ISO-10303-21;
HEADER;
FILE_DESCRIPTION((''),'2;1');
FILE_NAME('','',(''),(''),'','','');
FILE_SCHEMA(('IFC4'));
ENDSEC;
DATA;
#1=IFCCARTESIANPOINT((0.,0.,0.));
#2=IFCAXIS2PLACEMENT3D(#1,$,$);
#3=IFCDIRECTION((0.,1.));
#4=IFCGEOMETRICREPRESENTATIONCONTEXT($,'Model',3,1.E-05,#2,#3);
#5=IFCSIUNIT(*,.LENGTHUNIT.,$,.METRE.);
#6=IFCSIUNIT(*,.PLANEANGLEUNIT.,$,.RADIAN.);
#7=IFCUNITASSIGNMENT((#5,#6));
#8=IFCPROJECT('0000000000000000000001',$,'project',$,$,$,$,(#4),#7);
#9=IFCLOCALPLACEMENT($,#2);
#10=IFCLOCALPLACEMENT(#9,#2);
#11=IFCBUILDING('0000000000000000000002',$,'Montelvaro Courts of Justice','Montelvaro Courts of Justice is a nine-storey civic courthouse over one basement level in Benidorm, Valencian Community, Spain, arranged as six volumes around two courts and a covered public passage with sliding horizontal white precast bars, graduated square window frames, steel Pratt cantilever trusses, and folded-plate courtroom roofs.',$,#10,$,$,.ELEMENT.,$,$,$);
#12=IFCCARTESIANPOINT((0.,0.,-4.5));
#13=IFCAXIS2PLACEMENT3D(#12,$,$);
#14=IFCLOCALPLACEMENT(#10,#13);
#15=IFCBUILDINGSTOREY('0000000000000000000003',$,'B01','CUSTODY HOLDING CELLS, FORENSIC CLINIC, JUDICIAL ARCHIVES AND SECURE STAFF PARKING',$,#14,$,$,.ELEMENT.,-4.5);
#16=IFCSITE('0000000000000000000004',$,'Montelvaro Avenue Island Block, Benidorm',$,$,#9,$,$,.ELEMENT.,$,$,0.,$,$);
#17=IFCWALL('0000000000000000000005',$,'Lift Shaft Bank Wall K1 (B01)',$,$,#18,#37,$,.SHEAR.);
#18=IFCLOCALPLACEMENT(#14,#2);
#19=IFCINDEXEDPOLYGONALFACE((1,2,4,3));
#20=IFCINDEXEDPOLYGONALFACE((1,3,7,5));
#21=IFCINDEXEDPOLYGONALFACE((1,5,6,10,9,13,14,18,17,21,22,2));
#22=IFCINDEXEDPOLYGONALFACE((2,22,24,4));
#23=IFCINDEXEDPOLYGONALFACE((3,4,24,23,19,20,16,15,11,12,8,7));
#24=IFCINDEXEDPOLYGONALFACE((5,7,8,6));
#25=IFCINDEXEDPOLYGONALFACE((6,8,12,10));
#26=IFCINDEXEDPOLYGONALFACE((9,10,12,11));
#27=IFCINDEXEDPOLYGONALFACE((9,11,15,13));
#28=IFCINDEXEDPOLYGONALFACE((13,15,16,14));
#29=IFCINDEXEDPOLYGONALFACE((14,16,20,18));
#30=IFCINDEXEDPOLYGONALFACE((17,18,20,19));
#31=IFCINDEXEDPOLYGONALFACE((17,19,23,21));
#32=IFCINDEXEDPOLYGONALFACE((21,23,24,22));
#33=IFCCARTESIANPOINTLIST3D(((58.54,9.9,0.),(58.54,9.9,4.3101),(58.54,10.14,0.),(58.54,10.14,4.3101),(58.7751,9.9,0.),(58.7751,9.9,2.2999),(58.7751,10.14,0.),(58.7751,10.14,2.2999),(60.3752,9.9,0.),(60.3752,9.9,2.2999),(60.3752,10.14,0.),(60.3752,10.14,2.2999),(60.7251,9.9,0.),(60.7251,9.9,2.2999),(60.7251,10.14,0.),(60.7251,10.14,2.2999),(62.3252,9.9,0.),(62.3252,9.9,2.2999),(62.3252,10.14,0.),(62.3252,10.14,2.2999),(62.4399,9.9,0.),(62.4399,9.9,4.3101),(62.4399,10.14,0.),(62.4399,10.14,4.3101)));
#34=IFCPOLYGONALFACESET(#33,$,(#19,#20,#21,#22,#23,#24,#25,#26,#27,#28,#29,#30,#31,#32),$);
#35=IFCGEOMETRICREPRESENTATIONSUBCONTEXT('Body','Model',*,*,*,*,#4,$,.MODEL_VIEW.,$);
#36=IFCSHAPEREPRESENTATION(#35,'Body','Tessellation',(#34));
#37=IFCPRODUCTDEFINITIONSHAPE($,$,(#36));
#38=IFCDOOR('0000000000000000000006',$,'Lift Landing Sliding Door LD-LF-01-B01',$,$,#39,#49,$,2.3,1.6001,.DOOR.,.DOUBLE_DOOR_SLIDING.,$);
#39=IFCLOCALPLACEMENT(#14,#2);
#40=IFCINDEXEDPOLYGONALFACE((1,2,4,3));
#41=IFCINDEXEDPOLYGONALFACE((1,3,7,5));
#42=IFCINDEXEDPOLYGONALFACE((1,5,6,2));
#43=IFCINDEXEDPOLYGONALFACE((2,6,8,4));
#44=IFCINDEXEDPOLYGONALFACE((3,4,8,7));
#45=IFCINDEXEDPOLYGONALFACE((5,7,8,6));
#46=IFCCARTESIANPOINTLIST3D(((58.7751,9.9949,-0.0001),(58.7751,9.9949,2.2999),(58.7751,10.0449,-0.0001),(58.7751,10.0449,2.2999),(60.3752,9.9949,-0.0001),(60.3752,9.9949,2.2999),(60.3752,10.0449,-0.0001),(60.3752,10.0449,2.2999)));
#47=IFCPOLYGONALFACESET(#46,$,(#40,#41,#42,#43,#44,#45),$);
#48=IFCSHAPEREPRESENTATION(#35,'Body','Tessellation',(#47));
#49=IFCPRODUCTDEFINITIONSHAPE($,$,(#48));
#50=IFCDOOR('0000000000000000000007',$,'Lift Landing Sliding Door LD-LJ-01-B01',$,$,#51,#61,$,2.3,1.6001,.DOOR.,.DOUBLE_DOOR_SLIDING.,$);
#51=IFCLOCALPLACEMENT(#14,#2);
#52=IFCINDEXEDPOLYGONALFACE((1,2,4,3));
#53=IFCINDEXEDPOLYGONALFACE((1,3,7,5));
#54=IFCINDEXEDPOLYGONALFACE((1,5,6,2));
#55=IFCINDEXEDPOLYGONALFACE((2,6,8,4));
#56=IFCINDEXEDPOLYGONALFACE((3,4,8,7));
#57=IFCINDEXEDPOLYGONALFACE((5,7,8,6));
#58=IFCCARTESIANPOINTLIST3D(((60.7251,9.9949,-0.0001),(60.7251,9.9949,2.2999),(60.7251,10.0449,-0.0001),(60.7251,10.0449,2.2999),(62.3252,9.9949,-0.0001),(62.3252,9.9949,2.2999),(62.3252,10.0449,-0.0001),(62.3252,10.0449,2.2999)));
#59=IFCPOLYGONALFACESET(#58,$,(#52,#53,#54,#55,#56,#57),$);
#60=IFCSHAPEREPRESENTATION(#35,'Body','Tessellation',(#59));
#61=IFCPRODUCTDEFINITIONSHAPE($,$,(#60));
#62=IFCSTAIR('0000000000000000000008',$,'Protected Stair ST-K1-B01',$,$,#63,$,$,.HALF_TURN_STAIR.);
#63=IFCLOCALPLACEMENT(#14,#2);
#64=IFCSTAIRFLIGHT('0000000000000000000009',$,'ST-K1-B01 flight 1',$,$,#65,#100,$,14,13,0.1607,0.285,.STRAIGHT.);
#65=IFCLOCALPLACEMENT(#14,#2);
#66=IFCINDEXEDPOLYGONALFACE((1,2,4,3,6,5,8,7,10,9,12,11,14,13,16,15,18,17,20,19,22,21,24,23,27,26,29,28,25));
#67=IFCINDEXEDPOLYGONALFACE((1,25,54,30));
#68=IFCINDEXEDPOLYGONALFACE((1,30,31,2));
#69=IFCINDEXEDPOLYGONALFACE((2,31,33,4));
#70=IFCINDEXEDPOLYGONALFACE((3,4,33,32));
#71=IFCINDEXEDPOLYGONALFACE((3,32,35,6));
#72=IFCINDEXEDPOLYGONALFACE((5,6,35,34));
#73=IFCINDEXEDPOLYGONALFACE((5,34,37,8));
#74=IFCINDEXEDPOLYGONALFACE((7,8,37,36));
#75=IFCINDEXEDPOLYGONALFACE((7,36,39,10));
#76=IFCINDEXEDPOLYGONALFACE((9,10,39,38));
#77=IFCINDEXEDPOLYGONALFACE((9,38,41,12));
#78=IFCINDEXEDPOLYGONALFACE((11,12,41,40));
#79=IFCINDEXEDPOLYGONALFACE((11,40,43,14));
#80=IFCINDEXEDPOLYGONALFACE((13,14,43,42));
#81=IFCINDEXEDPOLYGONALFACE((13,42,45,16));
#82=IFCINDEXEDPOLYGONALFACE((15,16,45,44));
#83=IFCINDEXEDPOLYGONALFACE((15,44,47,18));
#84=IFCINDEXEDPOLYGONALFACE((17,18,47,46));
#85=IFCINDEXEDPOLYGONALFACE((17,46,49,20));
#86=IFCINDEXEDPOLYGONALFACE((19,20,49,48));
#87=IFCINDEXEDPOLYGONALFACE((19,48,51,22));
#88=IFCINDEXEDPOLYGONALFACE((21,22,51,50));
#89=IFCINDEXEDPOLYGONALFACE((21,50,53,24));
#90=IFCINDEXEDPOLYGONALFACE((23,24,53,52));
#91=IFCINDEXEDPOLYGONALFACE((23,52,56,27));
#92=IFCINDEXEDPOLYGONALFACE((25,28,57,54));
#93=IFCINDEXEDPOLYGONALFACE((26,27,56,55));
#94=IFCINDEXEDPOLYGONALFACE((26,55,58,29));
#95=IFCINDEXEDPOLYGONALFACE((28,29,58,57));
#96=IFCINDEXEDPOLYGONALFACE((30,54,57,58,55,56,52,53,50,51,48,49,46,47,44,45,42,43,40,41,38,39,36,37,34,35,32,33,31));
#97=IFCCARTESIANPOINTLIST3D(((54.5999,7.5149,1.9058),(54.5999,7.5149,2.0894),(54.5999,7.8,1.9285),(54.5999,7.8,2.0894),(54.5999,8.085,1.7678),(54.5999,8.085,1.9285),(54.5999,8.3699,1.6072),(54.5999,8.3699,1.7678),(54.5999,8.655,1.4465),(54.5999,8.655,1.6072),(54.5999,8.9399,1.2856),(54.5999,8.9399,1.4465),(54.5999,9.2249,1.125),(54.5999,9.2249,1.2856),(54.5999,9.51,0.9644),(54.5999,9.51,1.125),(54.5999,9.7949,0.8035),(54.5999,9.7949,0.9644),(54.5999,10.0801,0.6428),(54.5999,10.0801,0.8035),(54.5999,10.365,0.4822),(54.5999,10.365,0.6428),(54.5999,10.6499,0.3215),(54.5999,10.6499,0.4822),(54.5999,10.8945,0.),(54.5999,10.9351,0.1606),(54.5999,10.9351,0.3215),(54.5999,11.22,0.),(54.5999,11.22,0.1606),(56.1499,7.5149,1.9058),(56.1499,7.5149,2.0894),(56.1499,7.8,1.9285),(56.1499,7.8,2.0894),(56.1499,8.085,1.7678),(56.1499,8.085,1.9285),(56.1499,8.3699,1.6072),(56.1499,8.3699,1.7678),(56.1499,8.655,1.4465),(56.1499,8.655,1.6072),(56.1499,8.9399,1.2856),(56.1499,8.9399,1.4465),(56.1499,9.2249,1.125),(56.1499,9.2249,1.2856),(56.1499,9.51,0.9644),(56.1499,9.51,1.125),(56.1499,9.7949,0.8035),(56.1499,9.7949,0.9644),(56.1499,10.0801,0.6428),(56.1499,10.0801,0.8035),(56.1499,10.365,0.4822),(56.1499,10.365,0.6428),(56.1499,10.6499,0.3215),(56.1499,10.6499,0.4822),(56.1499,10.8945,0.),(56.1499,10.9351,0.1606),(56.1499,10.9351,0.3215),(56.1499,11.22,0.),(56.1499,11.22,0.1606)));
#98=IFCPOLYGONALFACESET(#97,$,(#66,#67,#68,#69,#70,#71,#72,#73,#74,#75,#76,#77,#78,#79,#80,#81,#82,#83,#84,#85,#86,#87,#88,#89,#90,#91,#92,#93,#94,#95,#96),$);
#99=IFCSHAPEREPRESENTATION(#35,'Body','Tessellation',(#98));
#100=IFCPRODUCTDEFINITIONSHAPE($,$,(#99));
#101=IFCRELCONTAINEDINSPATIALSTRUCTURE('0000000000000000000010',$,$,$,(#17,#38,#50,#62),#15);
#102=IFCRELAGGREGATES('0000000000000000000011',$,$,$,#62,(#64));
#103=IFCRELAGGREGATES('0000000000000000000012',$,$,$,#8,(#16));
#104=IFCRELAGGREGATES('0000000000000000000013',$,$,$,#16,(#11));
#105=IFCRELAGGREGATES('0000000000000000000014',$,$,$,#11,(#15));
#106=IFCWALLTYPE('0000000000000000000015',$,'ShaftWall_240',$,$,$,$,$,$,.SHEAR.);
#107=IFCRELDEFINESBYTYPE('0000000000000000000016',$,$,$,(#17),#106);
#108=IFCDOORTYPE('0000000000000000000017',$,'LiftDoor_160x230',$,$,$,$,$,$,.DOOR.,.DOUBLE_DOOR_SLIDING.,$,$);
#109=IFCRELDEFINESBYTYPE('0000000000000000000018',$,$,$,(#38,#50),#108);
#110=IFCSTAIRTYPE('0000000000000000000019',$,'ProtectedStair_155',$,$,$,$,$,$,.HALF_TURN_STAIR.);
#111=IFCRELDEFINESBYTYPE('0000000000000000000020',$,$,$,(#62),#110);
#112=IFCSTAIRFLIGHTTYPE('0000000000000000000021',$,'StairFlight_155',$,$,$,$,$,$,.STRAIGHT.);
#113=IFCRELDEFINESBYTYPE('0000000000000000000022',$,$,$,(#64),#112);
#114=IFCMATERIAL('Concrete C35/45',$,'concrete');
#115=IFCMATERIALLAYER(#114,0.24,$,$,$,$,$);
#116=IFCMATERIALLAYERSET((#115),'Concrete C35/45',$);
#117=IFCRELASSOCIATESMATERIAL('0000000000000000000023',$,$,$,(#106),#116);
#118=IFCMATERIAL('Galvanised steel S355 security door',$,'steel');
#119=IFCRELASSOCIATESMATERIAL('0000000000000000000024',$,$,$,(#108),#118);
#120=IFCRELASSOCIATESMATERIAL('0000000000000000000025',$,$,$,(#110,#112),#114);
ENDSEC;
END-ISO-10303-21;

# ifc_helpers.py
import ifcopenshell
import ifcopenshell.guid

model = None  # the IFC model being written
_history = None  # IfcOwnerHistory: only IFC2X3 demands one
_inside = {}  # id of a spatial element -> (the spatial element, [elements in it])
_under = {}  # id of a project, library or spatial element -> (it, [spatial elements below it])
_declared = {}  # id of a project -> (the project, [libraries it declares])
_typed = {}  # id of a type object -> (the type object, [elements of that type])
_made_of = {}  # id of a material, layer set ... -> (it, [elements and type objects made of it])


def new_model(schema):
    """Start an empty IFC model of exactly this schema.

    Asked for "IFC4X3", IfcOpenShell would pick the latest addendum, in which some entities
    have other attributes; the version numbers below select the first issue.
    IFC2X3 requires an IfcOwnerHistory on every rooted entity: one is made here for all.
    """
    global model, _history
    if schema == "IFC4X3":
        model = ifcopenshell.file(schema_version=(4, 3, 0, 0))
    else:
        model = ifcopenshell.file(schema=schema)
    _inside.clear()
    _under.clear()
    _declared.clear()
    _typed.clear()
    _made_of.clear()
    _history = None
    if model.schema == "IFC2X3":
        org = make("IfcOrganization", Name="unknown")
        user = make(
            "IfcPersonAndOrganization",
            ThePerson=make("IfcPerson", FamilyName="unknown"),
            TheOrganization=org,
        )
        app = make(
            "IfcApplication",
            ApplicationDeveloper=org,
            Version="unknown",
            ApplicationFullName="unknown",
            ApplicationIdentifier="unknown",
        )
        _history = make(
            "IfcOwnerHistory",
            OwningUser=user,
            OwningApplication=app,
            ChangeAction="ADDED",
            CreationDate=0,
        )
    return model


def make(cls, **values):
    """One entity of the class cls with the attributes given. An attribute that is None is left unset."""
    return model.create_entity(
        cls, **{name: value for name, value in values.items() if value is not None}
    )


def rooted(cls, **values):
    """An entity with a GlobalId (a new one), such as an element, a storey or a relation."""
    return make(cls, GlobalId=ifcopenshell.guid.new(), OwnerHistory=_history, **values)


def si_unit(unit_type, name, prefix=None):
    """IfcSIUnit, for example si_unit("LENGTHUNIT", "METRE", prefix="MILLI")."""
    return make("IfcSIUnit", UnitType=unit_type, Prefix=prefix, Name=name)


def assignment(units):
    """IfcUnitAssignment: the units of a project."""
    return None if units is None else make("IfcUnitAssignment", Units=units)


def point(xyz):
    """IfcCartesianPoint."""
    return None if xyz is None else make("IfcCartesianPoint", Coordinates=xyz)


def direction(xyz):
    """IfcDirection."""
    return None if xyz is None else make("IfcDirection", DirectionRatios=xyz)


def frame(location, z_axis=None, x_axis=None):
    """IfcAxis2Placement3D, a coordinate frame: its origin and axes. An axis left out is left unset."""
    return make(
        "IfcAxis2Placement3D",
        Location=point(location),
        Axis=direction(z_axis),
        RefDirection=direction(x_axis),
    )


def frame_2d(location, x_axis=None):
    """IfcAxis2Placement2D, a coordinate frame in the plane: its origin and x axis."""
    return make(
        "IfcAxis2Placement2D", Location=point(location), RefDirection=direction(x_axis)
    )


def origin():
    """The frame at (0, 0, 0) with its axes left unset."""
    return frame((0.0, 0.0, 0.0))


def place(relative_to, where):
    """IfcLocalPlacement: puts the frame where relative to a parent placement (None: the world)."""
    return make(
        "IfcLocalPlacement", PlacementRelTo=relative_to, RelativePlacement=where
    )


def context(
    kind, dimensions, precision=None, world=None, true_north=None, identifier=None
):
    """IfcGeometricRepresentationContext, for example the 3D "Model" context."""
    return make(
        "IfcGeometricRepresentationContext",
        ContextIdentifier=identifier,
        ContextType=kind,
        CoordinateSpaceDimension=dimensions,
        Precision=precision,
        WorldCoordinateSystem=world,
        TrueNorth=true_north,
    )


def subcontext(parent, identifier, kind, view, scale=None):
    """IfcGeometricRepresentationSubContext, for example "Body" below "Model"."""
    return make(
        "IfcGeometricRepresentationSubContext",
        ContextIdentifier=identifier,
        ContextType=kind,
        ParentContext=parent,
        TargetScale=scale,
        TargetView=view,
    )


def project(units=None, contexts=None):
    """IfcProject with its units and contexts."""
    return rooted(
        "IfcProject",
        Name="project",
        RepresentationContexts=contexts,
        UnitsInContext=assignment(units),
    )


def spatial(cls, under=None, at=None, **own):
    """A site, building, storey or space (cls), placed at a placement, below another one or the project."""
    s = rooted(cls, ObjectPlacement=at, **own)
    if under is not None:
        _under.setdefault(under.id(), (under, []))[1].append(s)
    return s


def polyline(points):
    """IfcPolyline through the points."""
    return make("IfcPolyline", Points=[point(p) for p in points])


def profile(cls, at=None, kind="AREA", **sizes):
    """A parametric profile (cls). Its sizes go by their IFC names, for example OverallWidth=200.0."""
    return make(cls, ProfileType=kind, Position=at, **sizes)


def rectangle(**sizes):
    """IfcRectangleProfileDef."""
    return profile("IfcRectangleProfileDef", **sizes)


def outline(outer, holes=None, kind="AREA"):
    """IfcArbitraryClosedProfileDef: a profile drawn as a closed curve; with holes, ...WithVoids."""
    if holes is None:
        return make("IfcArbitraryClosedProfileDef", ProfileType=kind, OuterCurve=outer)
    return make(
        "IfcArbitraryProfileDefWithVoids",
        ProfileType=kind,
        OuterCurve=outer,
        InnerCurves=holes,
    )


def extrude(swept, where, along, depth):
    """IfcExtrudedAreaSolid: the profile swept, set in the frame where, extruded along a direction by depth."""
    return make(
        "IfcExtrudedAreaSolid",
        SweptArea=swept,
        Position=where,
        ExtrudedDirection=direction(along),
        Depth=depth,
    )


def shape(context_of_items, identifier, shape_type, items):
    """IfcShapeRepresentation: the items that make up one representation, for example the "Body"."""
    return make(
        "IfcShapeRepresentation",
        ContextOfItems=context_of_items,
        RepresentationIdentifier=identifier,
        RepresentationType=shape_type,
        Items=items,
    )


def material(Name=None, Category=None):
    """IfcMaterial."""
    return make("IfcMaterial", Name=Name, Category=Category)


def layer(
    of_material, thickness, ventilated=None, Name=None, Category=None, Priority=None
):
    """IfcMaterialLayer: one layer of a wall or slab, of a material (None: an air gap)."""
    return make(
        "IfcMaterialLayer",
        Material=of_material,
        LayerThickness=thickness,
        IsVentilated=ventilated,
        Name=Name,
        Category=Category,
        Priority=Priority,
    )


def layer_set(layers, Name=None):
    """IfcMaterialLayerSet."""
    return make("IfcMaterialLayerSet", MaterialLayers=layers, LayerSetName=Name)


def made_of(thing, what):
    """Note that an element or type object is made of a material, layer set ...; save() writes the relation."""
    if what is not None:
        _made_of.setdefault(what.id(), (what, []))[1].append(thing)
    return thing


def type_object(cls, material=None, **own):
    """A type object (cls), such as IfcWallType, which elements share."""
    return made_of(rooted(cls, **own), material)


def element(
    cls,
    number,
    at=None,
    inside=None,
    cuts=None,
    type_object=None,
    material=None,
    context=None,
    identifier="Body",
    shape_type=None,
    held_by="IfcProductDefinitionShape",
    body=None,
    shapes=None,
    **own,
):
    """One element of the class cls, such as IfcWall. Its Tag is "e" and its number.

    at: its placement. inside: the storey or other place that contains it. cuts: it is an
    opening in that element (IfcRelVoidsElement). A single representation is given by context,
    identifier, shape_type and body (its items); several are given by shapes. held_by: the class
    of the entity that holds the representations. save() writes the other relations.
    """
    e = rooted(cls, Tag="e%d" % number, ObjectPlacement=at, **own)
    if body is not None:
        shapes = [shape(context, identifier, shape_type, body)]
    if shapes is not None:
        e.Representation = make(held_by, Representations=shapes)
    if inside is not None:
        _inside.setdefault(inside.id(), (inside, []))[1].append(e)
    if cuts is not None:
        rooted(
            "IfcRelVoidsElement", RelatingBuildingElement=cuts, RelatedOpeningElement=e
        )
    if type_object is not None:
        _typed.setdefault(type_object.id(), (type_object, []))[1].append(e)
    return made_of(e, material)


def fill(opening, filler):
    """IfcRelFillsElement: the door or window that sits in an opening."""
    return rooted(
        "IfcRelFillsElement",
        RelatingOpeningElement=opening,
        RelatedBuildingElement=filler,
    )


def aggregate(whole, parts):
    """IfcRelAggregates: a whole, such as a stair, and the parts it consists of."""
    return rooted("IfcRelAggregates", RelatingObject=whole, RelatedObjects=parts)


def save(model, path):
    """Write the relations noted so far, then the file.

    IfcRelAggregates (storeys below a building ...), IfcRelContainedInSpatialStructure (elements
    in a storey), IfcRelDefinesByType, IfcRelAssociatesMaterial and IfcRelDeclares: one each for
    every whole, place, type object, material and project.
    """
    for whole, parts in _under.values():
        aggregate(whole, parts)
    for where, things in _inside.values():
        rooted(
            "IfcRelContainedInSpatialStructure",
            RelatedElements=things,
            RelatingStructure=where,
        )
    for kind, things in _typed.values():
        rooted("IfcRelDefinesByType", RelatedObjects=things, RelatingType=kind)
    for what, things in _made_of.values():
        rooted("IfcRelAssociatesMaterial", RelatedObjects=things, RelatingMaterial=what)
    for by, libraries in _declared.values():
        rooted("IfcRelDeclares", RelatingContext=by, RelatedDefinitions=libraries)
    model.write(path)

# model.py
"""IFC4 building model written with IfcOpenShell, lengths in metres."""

from ifc_helpers import new_model, si_unit, direction, frame, frame_2d, origin, place, context, subcontext, project, spatial, polyline, rectangle, outline, extrude, material, layer, layer_set, type_object, element, fill, aggregate, save


model = new_model("IFC4")

# Units and contexts
model_context = context("Model", 3, precision=1e-05, world=origin(), true_north=direction((0.0, 1.0)))
body_context = subcontext(model_context, "Body", "Model", "MODEL_VIEW")
ifc_project = project(units=[si_unit("LENGTHUNIT", "METRE"), si_unit("PLANEANGLEUNIT", "RADIAN")], contexts=[model_context])

# Site, building, storey
site_placement = place(None, origin())
site = spatial("IfcSite", under=ifc_project, at=site_placement, Name="Montelvaro Avenue Island Block, Benidorm", CompositionType="ELEMENT", RefElevation=0.0)
building_placement = place(site_placement, origin())
building = spatial("IfcBuilding", under=site, at=building_placement, Name="Montelvaro Courts of Justice", Description="Montelvaro Courts of Justice is a nine-storey civic courthouse over one basement level in Benidorm, Valencian Community, Spain, arranged as six volumes around two courts and a covered public passage with sliding horizontal white precast bars, graduated square window frames, steel Pratt cantilever trusses, and folded-plate courtroom roofs.", CompositionType="ELEMENT")
storey_placement = place(building_placement, frame((0.0, 0.0, -4.5)))
storey = spatial("IfcBuildingStorey", under=building, at=storey_placement, Name="B01", Description="CUSTODY HOLDING CELLS, FORENSIC CLINIC, JUDICIAL ARCHIVES AND SECURE STAFF PARKING", CompositionType="ELEMENT", Elevation=-4.5)

# Shared definitions
ifc_material_1 = material(Name="Concrete C35/45", Category="concrete")

# Shared definitions
ifc_material_2 = material(Name="Galvanised steel S355 security door", Category="steel")

# Shared definitions
ifc_layer_1 = layer(ifc_material_1, 0.24)
ifc_layer_set_1 = layer_set([ifc_layer_1], Name="Concrete C35/45")
wall_type_1 = type_object("IfcWallType", Name="ShaftWall_240", PredefinedType="SHEAR", material=ifc_layer_set_1)

# Wall, openings, doors
wall_1_placement = place(storey_placement, frame((58.54, 10.02, 0.0), z_axis=(0.0, 0.0, 1.0), x_axis=(1.0, 0.0, 0.0)))
wall_1 = element("IfcWall", 1, at=wall_1_placement, inside=storey, type_object=wall_type_1, Name="Lift Shaft Bank Wall K1 (B01)", PredefinedType="SHEAR", context=body_context, shape_type="SweptSolid", body=[
    extrude(rectangle(XDim=3.8999, YDim=0.24, at=frame_2d((1.95, 0.0))), origin(), (0.0, 0.0, 1.0), 4.3101),
])
opening_1_placement = place(wall_1_placement, frame((0.2351, 0.0, 0.0)))
opening_1 = element("IfcOpeningElement", 2, at=opening_1_placement, cuts=wall_1, PredefinedType="OPENING", context=body_context, shape_type="SweptSolid", body=[
    extrude(rectangle(XDim=1.6001, YDim=2.3, at=frame_2d((0.8, 1.1499))), frame((0.0, 0.1348, 0.0), z_axis=(0.0, -1.0, 0.0), x_axis=(1.0, 0.0, 0.0)), (0.0, 0.0, 1.0), 0.2698),
])
opening_2_placement = place(wall_1_placement, frame((2.1851, 0.0, 0.0)))
opening_2 = element("IfcOpeningElement", 3, at=opening_2_placement, cuts=wall_1, PredefinedType="OPENING", context=body_context, shape_type="SweptSolid", body=[
    extrude(rectangle(XDim=1.6001, YDim=2.3, at=frame_2d((0.8, 1.1499))), frame((0.0, 0.1348, 0.0), z_axis=(0.0, -1.0, 0.0), x_axis=(1.0, 0.0, 0.0)), (0.0, 0.0, 1.0), 0.2698),
])
door_type_1 = type_object("IfcDoorType", Name="LiftDoor_160x230", OperationType="DOUBLE_DOOR_SLIDING", PredefinedType="DOOR", material=ifc_material_2)
door_1_placement = place(opening_1_placement, origin())
door_1 = element("IfcDoor", 4, at=door_1_placement, inside=storey, type_object=door_type_1, Name="Lift Landing Sliding Door LD-LF-01-B01", OperationType="DOUBLE_DOOR_SLIDING", OverallHeight=2.3, OverallWidth=1.6001, PredefinedType="DOOR", context=body_context, shape_type="SweptSolid", body=[
    extrude(rectangle(XDim=1.6001, YDim=2.3, at=frame_2d((0.8, 1.1499))), frame((0.0, 0.0249, 0.0), z_axis=(0.0, -1.0, 0.0), x_axis=(1.0, 0.0, 0.0)), (0.0, 0.0, 1.0), 0.05),
])
fill(opening_1, door_1)
door_2_placement = place(opening_2_placement, origin())
door_2 = element("IfcDoor", 5, at=door_2_placement, inside=storey, type_object=door_type_1, Name="Lift Landing Sliding Door LD-LJ-01-B01", OperationType="DOUBLE_DOOR_SLIDING", OverallHeight=2.3, OverallWidth=1.6001, PredefinedType="DOOR", context=body_context, shape_type="SweptSolid", body=[
    extrude(rectangle(XDim=1.6001, YDim=2.3, at=frame_2d((0.8, 1.1499))), frame((0.0, 0.0249, 0.0), z_axis=(0.0, -1.0, 0.0), x_axis=(1.0, 0.0, 0.0)), (0.0, 0.0, 1.0), 0.05),
])
fill(opening_2, door_2)

# Stair, stair flight
stair_type = type_object("IfcStairType", Name="ProtectedStair_155", PredefinedType="HALF_TURN_STAIR", material=ifc_material_1)
stair_placement = place(storey_placement, origin())
stair = element("IfcStair", 6, at=stair_placement, inside=storey, type_object=stair_type, Name="Protected Stair ST-K1-B01", PredefinedType="HALF_TURN_STAIR")
stair_flight_type = type_object("IfcStairFlightType", Name="StairFlight_155", PredefinedType="STRAIGHT", material=ifc_material_1)
stair_flight_placement = place(storey_placement, frame((55.375, 11.22, 0.0), z_axis=(0.0, 0.0, 1.0), x_axis=(0.0, -1.0, 0.0)))
stair_flight = element("IfcStairFlight", 7, at=stair_flight_placement, type_object=stair_flight_type, Name="ST-K1-B01 flight 1", NumberOfRisers=14, NumberOfTreads=13, PredefinedType="STRAIGHT", RiserHeight=0.1607, TreadLength=0.285, context=body_context, shape_type="SweptSolid", body=[
    extrude(outline(polyline([(0.0, 0.0), (0.0, 0.1606), (0.2849, 0.1606), (0.2849, 0.3215), (0.5701, 0.3215), (0.5701, 0.4822), (0.855, 0.4822), (0.855, 0.6428), (1.1399, 0.6428), (1.1399, 0.8035), (1.425, 0.8035), (1.425, 0.9644), (1.71, 0.9644), (1.71, 1.125), (1.9951, 1.125), (1.9951, 1.2856), (2.28, 1.2856), (2.28, 1.4465), (2.5649, 1.4465), (2.5649, 1.6072), (2.8501, 1.6072), (2.8501, 1.7678), (3.135, 1.7678), (3.135, 1.9285), (3.4199, 1.9285), (3.4199, 2.0894), (3.7051, 2.0894), (3.7051, 2.25), (3.7051, 1.9058), (0.3254, 0.0), (0.0, 0.0)])), frame((0.0, 0.7749, 0.0), z_axis=(0.0, -1.0, 0.0), x_axis=(1.0, 0.0, 0.0)), (0.0, 0.0, 1.0), 1.55),
])
aggregate(stair, [stair_flight])

save(model, "model.ifc")
